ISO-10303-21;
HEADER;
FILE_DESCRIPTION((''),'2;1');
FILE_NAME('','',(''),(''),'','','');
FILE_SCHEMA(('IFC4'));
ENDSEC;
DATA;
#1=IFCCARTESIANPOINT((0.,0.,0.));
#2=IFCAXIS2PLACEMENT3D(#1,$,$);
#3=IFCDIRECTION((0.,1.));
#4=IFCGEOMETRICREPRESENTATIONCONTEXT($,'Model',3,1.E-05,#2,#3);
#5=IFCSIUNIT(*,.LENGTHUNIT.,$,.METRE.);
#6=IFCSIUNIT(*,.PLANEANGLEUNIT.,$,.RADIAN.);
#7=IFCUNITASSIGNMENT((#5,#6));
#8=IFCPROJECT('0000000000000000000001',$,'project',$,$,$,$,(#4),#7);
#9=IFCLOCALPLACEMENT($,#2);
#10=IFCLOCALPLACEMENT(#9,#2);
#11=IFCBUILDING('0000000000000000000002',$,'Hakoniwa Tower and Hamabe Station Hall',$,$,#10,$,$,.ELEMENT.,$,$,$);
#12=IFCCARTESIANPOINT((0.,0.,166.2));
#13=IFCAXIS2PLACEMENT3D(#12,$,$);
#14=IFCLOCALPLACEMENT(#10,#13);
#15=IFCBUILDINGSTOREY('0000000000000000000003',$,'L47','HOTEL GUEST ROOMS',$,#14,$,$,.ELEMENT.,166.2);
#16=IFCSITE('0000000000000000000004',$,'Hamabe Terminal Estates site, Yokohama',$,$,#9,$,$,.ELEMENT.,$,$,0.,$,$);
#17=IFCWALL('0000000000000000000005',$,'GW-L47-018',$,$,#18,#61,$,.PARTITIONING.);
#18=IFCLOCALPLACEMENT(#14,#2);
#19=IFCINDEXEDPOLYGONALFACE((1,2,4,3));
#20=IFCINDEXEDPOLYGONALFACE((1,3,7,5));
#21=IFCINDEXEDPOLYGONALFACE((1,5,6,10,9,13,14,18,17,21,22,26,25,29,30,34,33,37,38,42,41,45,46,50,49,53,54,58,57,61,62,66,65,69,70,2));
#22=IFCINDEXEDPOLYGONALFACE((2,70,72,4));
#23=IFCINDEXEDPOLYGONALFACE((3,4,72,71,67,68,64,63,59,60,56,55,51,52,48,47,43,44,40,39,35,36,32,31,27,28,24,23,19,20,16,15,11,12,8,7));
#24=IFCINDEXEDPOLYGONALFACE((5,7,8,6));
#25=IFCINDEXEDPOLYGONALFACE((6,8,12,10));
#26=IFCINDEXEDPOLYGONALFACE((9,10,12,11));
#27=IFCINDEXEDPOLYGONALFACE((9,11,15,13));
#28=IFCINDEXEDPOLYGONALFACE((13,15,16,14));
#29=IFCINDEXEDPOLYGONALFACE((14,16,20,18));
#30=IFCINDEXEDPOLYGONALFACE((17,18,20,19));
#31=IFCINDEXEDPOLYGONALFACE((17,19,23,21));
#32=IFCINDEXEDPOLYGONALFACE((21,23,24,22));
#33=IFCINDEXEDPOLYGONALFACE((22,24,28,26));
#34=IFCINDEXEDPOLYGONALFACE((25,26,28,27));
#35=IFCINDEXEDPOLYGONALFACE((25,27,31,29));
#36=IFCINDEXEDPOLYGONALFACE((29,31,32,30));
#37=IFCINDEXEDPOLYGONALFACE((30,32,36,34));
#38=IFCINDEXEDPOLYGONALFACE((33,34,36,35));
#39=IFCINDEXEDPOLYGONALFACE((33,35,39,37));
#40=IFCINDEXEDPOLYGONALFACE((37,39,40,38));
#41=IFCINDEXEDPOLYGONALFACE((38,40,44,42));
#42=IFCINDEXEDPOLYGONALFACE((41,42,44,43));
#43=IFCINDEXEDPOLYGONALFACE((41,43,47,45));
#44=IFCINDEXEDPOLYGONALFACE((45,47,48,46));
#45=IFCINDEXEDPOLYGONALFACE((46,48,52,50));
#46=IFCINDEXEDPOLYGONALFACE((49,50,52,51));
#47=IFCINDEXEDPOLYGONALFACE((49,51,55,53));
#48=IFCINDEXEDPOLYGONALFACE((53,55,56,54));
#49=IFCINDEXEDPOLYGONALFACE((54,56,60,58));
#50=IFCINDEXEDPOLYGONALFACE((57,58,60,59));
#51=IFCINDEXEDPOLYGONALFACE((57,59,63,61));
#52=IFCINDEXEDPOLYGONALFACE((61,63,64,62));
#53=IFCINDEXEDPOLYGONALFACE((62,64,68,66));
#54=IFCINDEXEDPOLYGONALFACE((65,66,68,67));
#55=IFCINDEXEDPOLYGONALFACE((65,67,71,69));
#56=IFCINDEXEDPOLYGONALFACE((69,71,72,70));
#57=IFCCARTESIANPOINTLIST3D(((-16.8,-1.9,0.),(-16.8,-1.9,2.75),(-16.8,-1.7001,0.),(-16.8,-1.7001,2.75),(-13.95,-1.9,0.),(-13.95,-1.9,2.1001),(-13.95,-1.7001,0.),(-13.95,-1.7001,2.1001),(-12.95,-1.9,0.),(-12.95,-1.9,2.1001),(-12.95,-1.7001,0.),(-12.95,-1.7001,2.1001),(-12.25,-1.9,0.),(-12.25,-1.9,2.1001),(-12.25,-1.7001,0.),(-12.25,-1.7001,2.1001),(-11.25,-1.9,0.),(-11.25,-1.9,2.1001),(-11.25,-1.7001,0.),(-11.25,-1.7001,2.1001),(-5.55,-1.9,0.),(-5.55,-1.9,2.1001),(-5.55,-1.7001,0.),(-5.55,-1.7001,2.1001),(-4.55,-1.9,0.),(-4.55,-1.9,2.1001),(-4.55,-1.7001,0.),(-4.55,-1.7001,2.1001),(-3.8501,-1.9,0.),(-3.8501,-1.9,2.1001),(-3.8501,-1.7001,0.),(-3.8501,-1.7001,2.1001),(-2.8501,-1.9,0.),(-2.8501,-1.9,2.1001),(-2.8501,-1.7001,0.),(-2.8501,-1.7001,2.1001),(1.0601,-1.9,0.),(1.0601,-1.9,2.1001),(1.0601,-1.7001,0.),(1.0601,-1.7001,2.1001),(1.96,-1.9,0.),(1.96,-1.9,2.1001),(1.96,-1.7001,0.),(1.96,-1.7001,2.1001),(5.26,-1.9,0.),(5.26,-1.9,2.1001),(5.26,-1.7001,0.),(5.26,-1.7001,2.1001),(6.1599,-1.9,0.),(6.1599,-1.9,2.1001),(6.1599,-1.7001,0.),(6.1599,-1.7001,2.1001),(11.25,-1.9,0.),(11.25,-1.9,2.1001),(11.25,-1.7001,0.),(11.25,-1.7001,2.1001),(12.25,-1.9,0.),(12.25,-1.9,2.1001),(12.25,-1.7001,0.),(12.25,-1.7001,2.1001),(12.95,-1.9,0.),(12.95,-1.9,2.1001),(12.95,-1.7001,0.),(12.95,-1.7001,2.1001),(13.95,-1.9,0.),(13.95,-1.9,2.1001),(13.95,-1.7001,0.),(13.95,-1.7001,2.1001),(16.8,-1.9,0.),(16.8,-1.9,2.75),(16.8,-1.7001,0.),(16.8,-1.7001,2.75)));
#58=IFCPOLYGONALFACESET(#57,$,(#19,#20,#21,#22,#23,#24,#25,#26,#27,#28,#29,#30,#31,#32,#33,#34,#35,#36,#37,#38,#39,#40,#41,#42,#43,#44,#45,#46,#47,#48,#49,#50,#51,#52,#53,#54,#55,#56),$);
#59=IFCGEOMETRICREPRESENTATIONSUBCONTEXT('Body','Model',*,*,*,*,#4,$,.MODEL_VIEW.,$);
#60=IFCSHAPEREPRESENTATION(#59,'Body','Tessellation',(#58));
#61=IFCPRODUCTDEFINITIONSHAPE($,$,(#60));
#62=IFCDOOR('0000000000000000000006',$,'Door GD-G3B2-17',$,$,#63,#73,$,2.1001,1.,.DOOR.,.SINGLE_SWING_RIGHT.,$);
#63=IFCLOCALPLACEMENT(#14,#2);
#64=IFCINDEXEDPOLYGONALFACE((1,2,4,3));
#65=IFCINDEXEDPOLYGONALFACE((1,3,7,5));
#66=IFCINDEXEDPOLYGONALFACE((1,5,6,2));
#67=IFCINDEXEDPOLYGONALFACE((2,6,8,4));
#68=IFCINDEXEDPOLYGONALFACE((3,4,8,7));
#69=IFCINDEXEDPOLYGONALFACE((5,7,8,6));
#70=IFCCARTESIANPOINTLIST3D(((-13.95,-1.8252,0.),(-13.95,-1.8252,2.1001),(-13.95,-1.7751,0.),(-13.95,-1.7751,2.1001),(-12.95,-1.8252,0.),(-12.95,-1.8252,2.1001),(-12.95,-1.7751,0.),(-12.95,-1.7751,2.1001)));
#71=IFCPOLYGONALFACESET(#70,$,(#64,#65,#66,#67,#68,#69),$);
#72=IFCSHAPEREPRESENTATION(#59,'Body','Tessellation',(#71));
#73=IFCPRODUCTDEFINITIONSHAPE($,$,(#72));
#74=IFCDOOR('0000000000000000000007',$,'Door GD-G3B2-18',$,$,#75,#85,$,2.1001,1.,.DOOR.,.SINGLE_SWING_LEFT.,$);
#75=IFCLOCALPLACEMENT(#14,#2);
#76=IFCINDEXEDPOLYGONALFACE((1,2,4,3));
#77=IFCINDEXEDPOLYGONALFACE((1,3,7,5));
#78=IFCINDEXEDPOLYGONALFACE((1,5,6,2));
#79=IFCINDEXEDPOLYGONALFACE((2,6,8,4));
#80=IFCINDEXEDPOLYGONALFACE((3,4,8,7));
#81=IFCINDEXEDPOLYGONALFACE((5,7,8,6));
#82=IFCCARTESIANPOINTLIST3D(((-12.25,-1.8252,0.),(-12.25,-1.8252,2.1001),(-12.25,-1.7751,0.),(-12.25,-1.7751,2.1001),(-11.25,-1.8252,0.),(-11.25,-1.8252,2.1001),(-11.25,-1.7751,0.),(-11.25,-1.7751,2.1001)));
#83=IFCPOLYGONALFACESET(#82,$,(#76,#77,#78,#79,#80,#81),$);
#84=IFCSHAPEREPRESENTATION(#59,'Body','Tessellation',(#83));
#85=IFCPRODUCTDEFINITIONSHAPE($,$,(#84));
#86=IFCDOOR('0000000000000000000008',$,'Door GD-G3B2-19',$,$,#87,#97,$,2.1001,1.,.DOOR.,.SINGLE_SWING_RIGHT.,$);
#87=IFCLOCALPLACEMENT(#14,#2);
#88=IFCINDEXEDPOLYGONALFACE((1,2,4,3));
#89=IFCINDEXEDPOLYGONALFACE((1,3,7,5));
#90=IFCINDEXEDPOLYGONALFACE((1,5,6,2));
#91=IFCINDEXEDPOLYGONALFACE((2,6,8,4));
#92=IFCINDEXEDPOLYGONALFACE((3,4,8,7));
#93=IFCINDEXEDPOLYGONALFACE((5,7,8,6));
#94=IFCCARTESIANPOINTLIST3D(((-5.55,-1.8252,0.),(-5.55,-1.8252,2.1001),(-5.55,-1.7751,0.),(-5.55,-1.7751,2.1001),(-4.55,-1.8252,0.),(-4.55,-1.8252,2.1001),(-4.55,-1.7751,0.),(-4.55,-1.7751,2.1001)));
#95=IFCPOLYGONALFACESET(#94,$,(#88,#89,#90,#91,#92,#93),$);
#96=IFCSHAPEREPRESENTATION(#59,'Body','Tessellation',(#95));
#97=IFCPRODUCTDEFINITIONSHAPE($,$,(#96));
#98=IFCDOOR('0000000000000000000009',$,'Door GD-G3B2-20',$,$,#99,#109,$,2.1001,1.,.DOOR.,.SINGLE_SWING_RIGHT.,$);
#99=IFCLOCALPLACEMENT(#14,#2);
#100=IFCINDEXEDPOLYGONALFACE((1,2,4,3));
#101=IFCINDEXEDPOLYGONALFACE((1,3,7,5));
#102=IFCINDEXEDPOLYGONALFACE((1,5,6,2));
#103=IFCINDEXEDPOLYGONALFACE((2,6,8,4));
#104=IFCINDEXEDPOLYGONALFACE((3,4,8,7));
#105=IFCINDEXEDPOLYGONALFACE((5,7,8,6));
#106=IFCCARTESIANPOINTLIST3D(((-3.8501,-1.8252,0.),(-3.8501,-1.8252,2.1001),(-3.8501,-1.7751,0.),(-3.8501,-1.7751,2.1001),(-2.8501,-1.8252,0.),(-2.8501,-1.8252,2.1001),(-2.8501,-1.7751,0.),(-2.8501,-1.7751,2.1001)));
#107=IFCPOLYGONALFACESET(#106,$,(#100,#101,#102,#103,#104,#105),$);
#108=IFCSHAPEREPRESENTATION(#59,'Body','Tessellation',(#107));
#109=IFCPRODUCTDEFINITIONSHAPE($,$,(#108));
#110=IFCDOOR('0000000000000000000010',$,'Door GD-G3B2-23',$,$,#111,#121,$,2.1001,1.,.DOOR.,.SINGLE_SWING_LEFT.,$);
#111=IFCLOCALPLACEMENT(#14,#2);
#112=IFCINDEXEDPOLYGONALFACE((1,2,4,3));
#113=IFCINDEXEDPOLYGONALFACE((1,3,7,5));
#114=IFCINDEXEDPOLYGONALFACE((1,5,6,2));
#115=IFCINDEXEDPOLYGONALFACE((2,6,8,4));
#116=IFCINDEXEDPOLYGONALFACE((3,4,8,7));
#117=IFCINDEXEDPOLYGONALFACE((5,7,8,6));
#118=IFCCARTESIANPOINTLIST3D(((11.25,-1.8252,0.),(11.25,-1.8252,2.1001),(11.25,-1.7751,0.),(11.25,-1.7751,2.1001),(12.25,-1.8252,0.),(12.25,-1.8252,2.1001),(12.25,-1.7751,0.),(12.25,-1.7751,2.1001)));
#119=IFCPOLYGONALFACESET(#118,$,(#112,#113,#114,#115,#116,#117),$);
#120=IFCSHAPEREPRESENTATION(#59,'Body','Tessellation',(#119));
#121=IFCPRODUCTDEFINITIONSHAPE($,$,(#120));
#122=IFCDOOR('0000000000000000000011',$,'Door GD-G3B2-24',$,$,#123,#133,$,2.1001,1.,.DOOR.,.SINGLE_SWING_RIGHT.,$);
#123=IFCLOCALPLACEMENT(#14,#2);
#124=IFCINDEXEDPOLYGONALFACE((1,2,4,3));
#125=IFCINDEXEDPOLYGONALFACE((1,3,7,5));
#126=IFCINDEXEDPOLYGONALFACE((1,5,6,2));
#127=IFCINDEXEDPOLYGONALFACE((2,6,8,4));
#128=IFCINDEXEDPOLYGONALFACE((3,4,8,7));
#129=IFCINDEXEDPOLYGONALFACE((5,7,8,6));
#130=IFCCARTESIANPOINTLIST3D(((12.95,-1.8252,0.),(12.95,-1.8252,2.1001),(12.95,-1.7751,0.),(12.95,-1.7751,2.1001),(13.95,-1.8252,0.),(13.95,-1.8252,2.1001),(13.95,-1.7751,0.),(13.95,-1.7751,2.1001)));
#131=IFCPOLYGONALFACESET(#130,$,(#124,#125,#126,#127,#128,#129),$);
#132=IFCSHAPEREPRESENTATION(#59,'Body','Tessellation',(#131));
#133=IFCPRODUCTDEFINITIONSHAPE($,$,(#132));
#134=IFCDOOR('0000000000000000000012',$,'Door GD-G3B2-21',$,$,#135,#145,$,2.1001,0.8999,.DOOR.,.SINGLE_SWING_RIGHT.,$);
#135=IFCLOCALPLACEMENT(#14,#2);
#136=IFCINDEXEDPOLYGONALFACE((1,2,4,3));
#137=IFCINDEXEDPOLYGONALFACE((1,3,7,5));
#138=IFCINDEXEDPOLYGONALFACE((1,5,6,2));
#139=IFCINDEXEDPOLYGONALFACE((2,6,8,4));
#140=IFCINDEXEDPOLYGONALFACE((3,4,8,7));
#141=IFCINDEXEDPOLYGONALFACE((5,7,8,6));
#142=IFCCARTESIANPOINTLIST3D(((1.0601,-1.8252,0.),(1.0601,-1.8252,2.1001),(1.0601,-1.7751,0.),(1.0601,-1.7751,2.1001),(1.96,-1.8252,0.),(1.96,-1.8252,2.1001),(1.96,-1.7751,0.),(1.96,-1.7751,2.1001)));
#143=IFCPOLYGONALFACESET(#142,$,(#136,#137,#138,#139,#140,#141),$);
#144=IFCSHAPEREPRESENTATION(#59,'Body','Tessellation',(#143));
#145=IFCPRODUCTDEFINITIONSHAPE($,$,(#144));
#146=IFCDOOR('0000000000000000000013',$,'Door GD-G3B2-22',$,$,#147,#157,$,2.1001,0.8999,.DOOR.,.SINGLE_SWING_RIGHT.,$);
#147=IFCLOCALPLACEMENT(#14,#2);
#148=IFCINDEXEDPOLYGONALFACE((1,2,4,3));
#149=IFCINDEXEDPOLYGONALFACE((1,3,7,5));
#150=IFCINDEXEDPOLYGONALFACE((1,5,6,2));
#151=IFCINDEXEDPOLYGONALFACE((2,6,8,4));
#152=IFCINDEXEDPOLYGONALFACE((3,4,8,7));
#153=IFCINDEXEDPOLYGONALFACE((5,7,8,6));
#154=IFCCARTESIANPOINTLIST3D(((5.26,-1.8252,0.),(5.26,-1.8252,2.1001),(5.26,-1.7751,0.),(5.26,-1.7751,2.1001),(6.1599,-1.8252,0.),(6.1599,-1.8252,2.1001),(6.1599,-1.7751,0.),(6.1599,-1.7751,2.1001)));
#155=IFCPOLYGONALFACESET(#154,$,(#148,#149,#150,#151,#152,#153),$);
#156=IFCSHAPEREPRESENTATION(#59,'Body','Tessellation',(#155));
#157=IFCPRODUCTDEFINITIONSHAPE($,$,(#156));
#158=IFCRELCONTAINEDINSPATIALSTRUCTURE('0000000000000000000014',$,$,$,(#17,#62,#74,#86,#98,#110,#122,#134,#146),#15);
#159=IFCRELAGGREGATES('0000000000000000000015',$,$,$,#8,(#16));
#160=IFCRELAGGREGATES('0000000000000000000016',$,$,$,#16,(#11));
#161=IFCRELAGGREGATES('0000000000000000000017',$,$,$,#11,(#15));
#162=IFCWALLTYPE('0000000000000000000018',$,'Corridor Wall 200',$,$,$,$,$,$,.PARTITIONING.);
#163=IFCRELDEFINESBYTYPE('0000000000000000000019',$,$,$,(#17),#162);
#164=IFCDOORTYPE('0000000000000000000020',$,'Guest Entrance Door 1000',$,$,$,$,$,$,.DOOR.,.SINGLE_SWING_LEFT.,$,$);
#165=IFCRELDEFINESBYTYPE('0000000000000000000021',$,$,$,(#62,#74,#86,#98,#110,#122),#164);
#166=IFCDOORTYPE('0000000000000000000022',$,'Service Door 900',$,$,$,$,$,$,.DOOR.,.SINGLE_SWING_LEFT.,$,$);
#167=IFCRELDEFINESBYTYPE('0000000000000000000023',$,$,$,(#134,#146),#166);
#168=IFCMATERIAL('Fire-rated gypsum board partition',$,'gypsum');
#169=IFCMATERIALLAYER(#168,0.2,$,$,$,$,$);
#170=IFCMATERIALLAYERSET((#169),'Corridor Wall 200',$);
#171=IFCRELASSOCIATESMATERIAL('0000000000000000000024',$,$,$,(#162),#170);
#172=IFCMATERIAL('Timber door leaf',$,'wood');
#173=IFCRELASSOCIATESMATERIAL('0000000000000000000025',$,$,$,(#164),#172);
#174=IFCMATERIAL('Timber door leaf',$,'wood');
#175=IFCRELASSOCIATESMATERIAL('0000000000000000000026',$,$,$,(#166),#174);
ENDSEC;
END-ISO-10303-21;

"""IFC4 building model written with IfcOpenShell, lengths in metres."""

from ifc_helpers import new_model, si_unit, direction, frame, frame_2d, origin, place, context, subcontext, project, spatial, rectangle, extrude, material, layer, layer_set, type_object, element, fill, save


model = new_model("IFC4")

# Units and contexts
model_context = context("Model", 3, precision=1e-05, world=origin(), true_north=direction((0.0, 1.0)))
body_context = subcontext(model_context, "Body", "Model", "MODEL_VIEW")
ifc_project = project(units=[si_unit("LENGTHUNIT", "METRE"), si_unit("PLANEANGLEUNIT", "RADIAN")], contexts=[model_context])

# Site, building, storey
site_placement = place(None, origin())
site = spatial("IfcSite", under=ifc_project, at=site_placement, Name="Hamabe Terminal Estates site, Yokohama", CompositionType="ELEMENT", RefElevation=0.0)
building_placement = place(site_placement, origin())
building = spatial("IfcBuilding", under=site, at=building_placement, Name="Hakoniwa Tower and Hamabe Station Hall", CompositionType="ELEMENT")
storey_placement = place(building_placement, frame((0.0, 0.0, 166.2)))
storey = spatial("IfcBuildingStorey", under=building, at=storey_placement, Name="L47", Description="HOTEL GUEST ROOMS", CompositionType="ELEMENT", Elevation=166.2)

# Wall, openings, doors
ifc_material_1 = material(Name="Fire-rated gypsum board partition", Category="gypsum")
ifc_layer_1 = layer(ifc_material_1, 0.2)
ifc_layer_set_1 = layer_set([ifc_layer_1], Name="Corridor Wall 200")
wall_type_1 = type_object("IfcWallType", Name="Corridor Wall 200", PredefinedType="PARTITIONING", material=ifc_layer_set_1)
wall_1_placement = place(storey_placement, frame((-16.8, -1.8, 0.0), z_axis=(0.0, 0.0, 1.0), x_axis=(1.0, 0.0, 0.0)))
wall_1 = element("IfcWall", 1, at=wall_1_placement, inside=storey, type_object=wall_type_1, Name="GW-L47-018", PredefinedType="PARTITIONING", context=body_context, shape_type="SweptSolid", body=[
    extrude(rectangle(XDim=33.6001, YDim=0.2, at=frame_2d((16.8, 0.0))), origin(), (0.0, 0.0, 1.0), 2.75),
])
opening_1_placement = place(wall_1_placement, frame((2.8501, 0.0, 0.0)))
opening_1 = element("IfcOpeningElement", 2, at=opening_1_placement, cuts=wall_1, PredefinedType="OPENING", context=body_context, shape_type="SweptSolid", body=[
    extrude(rectangle(XDim=1.0, YDim=2.1001, at=frame_2d((0.5, 1.05))), frame((0.0, 0.1099, 0.0), z_axis=(0.0, -1.0, 0.0), x_axis=(1.0, 0.0, 0.0)), (0.0, 0.0, 1.0), 0.22),
])
opening_2_placement = place(wall_1_placement, frame((4.55, 0.0, 0.0)))
opening_2 = element("IfcOpeningElement", 3, at=opening_2_placement, cuts=wall_1, PredefinedType="OPENING", context=body_context, shape_type="SweptSolid", body=[
    extrude(rectangle(XDim=1.0, YDim=2.1001, at=frame_2d((0.5, 1.05))), frame((0.0, 0.1099, 0.0), z_axis=(0.0, -1.0, 0.0), x_axis=(1.0, 0.0, 0.0)), (0.0, 0.0, 1.0), 0.22),
])
opening_3_placement = place(wall_1_placement, frame((11.25, 0.0, 0.0)))
opening_3 = element("IfcOpeningElement", 4, at=opening_3_placement, cuts=wall_1, PredefinedType="OPENING", context=body_context, shape_type="SweptSolid", body=[
    extrude(rectangle(XDim=1.0, YDim=2.1001, at=frame_2d((0.5, 1.05))), frame((0.0, 0.1099, 0.0), z_axis=(0.0, -1.0, 0.0), x_axis=(1.0, 0.0, 0.0)), (0.0, 0.0, 1.0), 0.22),
])
opening_4_placement = place(wall_1_placement, frame((12.95, 0.0, 0.0)))
opening_4 = element("IfcOpeningElement", 5, at=opening_4_placement, cuts=wall_1, PredefinedType="OPENING", context=body_context, shape_type="SweptSolid", body=[
    extrude(rectangle(XDim=1.0, YDim=2.1001, at=frame_2d((0.5, 1.05))), frame((0.0, 0.1099, 0.0), z_axis=(0.0, -1.0, 0.0), x_axis=(1.0, 0.0, 0.0)), (0.0, 0.0, 1.0), 0.22),
])
opening_5_placement = place(wall_1_placement, frame((17.8601, 0.0, 0.0)))
opening_5 = element("IfcOpeningElement", 6, at=opening_5_placement, cuts=wall_1, PredefinedType="OPENING", context=body_context, shape_type="SweptSolid", body=[
    extrude(rectangle(XDim=0.8999, YDim=2.1001, at=frame_2d((0.45, 1.05))), frame((0.0, 0.1099, 0.0), z_axis=(0.0, -1.0, 0.0), x_axis=(1.0, 0.0, 0.0)), (0.0, 0.0, 1.0), 0.22),
])
opening_6_placement = place(wall_1_placement, frame((22.0601, 0.0, 0.0)))
opening_6 = element("IfcOpeningElement", 7, at=opening_6_placement, cuts=wall_1, PredefinedType="OPENING", context=body_context, shape_type="SweptSolid", body=[
    extrude(rectangle(XDim=0.8999, YDim=2.1001, at=frame_2d((0.45, 1.05))), frame((0.0, 0.1099, 0.0), z_axis=(0.0, -1.0, 0.0), x_axis=(1.0, 0.0, 0.0)), (0.0, 0.0, 1.0), 0.22),
])
opening_7_placement = place(wall_1_placement, frame((28.05, 0.0, 0.0)))
opening_7 = element("IfcOpeningElement", 8, at=opening_7_placement, cuts=wall_1, PredefinedType="OPENING", context=body_context, shape_type="SweptSolid", body=[
    extrude(rectangle(XDim=1.0, YDim=2.1001, at=frame_2d((0.5, 1.05))), frame((0.0, 0.1099, 0.0), z_axis=(0.0, -1.0, 0.0), x_axis=(1.0, 0.0, 0.0)), (0.0, 0.0, 1.0), 0.22),
])
opening_8_placement = place(wall_1_placement, frame((29.75, 0.0, 0.0)))
opening_8 = element("IfcOpeningElement", 9, at=opening_8_placement, cuts=wall_1, PredefinedType="OPENING", context=body_context, shape_type="SweptSolid", body=[
    extrude(rectangle(XDim=1.0, YDim=2.1001, at=frame_2d((0.5, 1.05))), frame((0.0, 0.1099, 0.0), z_axis=(0.0, -1.0, 0.0), x_axis=(1.0, 0.0, 0.0)), (0.0, 0.0, 1.0), 0.22),
])
ifc_material_2 = material(Name="Timber door leaf", Category="wood")
door_type_1 = type_object("IfcDoorType", Name="Guest Entrance Door 1000", OperationType="SINGLE_SWING_LEFT", PredefinedType="DOOR", material=ifc_material_2)
door_1_placement = place(opening_1_placement, origin())
door_1 = element("IfcDoor", 10, at=door_1_placement, inside=storey, type_object=door_type_1, Name="Door GD-G3B2-17", OperationType="SINGLE_SWING_RIGHT", OverallHeight=2.1001, OverallWidth=1.0, PredefinedType="DOOR", context=body_context, shape_type="SweptSolid", body=[
    extrude(rectangle(XDim=1.0, YDim=2.1001, at=frame_2d((0.5, 1.05))), frame((0.0, 0.0249, 0.0), z_axis=(0.0, -1.0, 0.0), x_axis=(1.0, 0.0, 0.0)), (0.0, 0.0, 1.0), 0.05),
])
fill(opening_1, door_1)
door_2_placement = place(opening_2_placement, origin())
door_2 = element("IfcDoor", 11, at=door_2_placement, inside=storey, type_object=door_type_1, Name="Door GD-G3B2-18", OperationType="SINGLE_SWING_LEFT", OverallHeight=2.1001, OverallWidth=1.0, PredefinedType="DOOR", context=body_context, shape_type="SweptSolid", body=[
    extrude(rectangle(XDim=1.0, YDim=2.1001, at=frame_2d((0.5, 1.05))), frame((0.0, 0.0249, 0.0), z_axis=(0.0, -1.0, 0.0), x_axis=(1.0, 0.0, 0.0)), (0.0, 0.0, 1.0), 0.05),
])
fill(opening_2, door_2)
door_3_placement = place(opening_3_placement, origin())
door_3 = element("IfcDoor", 12, at=door_3_placement, inside=storey, type_object=door_type_1, Name="Door GD-G3B2-19", OperationType="SINGLE_SWING_RIGHT", OverallHeight=2.1001, OverallWidth=1.0, PredefinedType="DOOR", context=body_context, shape_type="SweptSolid", body=[
    extrude(rectangle(XDim=1.0, YDim=2.1001, at=frame_2d((0.5, 1.05))), frame((0.0, 0.0249, 0.0), z_axis=(0.0, -1.0, 0.0), x_axis=(1.0, 0.0, 0.0)), (0.0, 0.0, 1.0), 0.05),
])
fill(opening_3, door_3)
door_4_placement = place(opening_4_placement, origin())
door_4 = element("IfcDoor", 13, at=door_4_placement, inside=storey, type_object=door_type_1, Name="Door GD-G3B2-20", OperationType="SINGLE_SWING_RIGHT", OverallHeight=2.1001, OverallWidth=1.0, PredefinedType="DOOR", context=body_context, shape_type="SweptSolid", body=[
    extrude(rectangle(XDim=1.0, YDim=2.1001, at=frame_2d((0.5, 1.05))), frame((0.0, 0.0249, 0.0), z_axis=(0.0, -1.0, 0.0), x_axis=(1.0, 0.0, 0.0)), (0.0, 0.0, 1.0), 0.05),
])
fill(opening_4, door_4)
door_5_placement = place(opening_7_placement, origin())
door_5 = element("IfcDoor", 14, at=door_5_placement, inside=storey, type_object=door_type_1, Name="Door GD-G3B2-23", OperationType="SINGLE_SWING_LEFT", OverallHeight=2.1001, OverallWidth=1.0, PredefinedType="DOOR", context=body_context, shape_type="SweptSolid", body=[
    extrude(rectangle(XDim=1.0, YDim=2.1001, at=frame_2d((0.5, 1.05))), frame((0.0, 0.0249, 0.0), z_axis=(0.0, -1.0, 0.0), x_axis=(1.0, 0.0, 0.0)), (0.0, 0.0, 1.0), 0.05),
])
fill(opening_7, door_5)
door_6_placement = place(opening_8_placement, origin())
door_6 = element("IfcDoor", 15, at=door_6_placement, inside=storey, type_object=door_type_1, Name="Door GD-G3B2-24", OperationType="SINGLE_SWING_RIGHT", OverallHeight=2.1001, OverallWidth=1.0, PredefinedType="DOOR", context=body_context, shape_type="SweptSolid", body=[
    extrude(rectangle(XDim=1.0, YDim=2.1001, at=frame_2d((0.5, 1.05))), frame((0.0, 0.0249, 0.0), z_axis=(0.0, -1.0, 0.0), x_axis=(1.0, 0.0, 0.0)), (0.0, 0.0, 1.0), 0.05),
])
fill(opening_8, door_6)
ifc_material_3 = material(Name="Timber door leaf", Category="wood")
door_type_2 = type_object("IfcDoorType", Name="Service Door 900", OperationType="SINGLE_SWING_LEFT", PredefinedType="DOOR", material=ifc_material_3)
door_7_placement = place(opening_5_placement, origin())
door_7 = element("IfcDoor", 16, at=door_7_placement, inside=storey, type_object=door_type_2, Name="Door GD-G3B2-21", OperationType="SINGLE_SWING_RIGHT", OverallHeight=2.1001, OverallWidth=0.8999, PredefinedType="DOOR", context=body_context, shape_type="SweptSolid", body=[
    extrude(rectangle(XDim=0.8999, YDim=2.1001, at=frame_2d((0.45, 1.05))), frame((0.0, 0.0249, 0.0), z_axis=(0.0, -1.0, 0.0), x_axis=(1.0, 0.0, 0.0)), (0.0, 0.0, 1.0), 0.05),
])
fill(opening_5, door_7)
door_8_placement = place(opening_6_placement, origin())
door_8 = element("IfcDoor", 17, at=door_8_placement, inside=storey, type_object=door_type_2, Name="Door GD-G3B2-22", OperationType="SINGLE_SWING_RIGHT", OverallHeight=2.1001, OverallWidth=0.8999, PredefinedType="DOOR", context=body_context, shape_type="SweptSolid", body=[
    extrude(rectangle(XDim=0.8999, YDim=2.1001, at=frame_2d((0.45, 1.05))), frame((0.0, 0.0249, 0.0), z_axis=(0.0, -1.0, 0.0), x_axis=(1.0, 0.0, 0.0)), (0.0, 0.0, 1.0), 0.05),
])
fill(opening_6, door_8)

save(model, "model.ifc")
